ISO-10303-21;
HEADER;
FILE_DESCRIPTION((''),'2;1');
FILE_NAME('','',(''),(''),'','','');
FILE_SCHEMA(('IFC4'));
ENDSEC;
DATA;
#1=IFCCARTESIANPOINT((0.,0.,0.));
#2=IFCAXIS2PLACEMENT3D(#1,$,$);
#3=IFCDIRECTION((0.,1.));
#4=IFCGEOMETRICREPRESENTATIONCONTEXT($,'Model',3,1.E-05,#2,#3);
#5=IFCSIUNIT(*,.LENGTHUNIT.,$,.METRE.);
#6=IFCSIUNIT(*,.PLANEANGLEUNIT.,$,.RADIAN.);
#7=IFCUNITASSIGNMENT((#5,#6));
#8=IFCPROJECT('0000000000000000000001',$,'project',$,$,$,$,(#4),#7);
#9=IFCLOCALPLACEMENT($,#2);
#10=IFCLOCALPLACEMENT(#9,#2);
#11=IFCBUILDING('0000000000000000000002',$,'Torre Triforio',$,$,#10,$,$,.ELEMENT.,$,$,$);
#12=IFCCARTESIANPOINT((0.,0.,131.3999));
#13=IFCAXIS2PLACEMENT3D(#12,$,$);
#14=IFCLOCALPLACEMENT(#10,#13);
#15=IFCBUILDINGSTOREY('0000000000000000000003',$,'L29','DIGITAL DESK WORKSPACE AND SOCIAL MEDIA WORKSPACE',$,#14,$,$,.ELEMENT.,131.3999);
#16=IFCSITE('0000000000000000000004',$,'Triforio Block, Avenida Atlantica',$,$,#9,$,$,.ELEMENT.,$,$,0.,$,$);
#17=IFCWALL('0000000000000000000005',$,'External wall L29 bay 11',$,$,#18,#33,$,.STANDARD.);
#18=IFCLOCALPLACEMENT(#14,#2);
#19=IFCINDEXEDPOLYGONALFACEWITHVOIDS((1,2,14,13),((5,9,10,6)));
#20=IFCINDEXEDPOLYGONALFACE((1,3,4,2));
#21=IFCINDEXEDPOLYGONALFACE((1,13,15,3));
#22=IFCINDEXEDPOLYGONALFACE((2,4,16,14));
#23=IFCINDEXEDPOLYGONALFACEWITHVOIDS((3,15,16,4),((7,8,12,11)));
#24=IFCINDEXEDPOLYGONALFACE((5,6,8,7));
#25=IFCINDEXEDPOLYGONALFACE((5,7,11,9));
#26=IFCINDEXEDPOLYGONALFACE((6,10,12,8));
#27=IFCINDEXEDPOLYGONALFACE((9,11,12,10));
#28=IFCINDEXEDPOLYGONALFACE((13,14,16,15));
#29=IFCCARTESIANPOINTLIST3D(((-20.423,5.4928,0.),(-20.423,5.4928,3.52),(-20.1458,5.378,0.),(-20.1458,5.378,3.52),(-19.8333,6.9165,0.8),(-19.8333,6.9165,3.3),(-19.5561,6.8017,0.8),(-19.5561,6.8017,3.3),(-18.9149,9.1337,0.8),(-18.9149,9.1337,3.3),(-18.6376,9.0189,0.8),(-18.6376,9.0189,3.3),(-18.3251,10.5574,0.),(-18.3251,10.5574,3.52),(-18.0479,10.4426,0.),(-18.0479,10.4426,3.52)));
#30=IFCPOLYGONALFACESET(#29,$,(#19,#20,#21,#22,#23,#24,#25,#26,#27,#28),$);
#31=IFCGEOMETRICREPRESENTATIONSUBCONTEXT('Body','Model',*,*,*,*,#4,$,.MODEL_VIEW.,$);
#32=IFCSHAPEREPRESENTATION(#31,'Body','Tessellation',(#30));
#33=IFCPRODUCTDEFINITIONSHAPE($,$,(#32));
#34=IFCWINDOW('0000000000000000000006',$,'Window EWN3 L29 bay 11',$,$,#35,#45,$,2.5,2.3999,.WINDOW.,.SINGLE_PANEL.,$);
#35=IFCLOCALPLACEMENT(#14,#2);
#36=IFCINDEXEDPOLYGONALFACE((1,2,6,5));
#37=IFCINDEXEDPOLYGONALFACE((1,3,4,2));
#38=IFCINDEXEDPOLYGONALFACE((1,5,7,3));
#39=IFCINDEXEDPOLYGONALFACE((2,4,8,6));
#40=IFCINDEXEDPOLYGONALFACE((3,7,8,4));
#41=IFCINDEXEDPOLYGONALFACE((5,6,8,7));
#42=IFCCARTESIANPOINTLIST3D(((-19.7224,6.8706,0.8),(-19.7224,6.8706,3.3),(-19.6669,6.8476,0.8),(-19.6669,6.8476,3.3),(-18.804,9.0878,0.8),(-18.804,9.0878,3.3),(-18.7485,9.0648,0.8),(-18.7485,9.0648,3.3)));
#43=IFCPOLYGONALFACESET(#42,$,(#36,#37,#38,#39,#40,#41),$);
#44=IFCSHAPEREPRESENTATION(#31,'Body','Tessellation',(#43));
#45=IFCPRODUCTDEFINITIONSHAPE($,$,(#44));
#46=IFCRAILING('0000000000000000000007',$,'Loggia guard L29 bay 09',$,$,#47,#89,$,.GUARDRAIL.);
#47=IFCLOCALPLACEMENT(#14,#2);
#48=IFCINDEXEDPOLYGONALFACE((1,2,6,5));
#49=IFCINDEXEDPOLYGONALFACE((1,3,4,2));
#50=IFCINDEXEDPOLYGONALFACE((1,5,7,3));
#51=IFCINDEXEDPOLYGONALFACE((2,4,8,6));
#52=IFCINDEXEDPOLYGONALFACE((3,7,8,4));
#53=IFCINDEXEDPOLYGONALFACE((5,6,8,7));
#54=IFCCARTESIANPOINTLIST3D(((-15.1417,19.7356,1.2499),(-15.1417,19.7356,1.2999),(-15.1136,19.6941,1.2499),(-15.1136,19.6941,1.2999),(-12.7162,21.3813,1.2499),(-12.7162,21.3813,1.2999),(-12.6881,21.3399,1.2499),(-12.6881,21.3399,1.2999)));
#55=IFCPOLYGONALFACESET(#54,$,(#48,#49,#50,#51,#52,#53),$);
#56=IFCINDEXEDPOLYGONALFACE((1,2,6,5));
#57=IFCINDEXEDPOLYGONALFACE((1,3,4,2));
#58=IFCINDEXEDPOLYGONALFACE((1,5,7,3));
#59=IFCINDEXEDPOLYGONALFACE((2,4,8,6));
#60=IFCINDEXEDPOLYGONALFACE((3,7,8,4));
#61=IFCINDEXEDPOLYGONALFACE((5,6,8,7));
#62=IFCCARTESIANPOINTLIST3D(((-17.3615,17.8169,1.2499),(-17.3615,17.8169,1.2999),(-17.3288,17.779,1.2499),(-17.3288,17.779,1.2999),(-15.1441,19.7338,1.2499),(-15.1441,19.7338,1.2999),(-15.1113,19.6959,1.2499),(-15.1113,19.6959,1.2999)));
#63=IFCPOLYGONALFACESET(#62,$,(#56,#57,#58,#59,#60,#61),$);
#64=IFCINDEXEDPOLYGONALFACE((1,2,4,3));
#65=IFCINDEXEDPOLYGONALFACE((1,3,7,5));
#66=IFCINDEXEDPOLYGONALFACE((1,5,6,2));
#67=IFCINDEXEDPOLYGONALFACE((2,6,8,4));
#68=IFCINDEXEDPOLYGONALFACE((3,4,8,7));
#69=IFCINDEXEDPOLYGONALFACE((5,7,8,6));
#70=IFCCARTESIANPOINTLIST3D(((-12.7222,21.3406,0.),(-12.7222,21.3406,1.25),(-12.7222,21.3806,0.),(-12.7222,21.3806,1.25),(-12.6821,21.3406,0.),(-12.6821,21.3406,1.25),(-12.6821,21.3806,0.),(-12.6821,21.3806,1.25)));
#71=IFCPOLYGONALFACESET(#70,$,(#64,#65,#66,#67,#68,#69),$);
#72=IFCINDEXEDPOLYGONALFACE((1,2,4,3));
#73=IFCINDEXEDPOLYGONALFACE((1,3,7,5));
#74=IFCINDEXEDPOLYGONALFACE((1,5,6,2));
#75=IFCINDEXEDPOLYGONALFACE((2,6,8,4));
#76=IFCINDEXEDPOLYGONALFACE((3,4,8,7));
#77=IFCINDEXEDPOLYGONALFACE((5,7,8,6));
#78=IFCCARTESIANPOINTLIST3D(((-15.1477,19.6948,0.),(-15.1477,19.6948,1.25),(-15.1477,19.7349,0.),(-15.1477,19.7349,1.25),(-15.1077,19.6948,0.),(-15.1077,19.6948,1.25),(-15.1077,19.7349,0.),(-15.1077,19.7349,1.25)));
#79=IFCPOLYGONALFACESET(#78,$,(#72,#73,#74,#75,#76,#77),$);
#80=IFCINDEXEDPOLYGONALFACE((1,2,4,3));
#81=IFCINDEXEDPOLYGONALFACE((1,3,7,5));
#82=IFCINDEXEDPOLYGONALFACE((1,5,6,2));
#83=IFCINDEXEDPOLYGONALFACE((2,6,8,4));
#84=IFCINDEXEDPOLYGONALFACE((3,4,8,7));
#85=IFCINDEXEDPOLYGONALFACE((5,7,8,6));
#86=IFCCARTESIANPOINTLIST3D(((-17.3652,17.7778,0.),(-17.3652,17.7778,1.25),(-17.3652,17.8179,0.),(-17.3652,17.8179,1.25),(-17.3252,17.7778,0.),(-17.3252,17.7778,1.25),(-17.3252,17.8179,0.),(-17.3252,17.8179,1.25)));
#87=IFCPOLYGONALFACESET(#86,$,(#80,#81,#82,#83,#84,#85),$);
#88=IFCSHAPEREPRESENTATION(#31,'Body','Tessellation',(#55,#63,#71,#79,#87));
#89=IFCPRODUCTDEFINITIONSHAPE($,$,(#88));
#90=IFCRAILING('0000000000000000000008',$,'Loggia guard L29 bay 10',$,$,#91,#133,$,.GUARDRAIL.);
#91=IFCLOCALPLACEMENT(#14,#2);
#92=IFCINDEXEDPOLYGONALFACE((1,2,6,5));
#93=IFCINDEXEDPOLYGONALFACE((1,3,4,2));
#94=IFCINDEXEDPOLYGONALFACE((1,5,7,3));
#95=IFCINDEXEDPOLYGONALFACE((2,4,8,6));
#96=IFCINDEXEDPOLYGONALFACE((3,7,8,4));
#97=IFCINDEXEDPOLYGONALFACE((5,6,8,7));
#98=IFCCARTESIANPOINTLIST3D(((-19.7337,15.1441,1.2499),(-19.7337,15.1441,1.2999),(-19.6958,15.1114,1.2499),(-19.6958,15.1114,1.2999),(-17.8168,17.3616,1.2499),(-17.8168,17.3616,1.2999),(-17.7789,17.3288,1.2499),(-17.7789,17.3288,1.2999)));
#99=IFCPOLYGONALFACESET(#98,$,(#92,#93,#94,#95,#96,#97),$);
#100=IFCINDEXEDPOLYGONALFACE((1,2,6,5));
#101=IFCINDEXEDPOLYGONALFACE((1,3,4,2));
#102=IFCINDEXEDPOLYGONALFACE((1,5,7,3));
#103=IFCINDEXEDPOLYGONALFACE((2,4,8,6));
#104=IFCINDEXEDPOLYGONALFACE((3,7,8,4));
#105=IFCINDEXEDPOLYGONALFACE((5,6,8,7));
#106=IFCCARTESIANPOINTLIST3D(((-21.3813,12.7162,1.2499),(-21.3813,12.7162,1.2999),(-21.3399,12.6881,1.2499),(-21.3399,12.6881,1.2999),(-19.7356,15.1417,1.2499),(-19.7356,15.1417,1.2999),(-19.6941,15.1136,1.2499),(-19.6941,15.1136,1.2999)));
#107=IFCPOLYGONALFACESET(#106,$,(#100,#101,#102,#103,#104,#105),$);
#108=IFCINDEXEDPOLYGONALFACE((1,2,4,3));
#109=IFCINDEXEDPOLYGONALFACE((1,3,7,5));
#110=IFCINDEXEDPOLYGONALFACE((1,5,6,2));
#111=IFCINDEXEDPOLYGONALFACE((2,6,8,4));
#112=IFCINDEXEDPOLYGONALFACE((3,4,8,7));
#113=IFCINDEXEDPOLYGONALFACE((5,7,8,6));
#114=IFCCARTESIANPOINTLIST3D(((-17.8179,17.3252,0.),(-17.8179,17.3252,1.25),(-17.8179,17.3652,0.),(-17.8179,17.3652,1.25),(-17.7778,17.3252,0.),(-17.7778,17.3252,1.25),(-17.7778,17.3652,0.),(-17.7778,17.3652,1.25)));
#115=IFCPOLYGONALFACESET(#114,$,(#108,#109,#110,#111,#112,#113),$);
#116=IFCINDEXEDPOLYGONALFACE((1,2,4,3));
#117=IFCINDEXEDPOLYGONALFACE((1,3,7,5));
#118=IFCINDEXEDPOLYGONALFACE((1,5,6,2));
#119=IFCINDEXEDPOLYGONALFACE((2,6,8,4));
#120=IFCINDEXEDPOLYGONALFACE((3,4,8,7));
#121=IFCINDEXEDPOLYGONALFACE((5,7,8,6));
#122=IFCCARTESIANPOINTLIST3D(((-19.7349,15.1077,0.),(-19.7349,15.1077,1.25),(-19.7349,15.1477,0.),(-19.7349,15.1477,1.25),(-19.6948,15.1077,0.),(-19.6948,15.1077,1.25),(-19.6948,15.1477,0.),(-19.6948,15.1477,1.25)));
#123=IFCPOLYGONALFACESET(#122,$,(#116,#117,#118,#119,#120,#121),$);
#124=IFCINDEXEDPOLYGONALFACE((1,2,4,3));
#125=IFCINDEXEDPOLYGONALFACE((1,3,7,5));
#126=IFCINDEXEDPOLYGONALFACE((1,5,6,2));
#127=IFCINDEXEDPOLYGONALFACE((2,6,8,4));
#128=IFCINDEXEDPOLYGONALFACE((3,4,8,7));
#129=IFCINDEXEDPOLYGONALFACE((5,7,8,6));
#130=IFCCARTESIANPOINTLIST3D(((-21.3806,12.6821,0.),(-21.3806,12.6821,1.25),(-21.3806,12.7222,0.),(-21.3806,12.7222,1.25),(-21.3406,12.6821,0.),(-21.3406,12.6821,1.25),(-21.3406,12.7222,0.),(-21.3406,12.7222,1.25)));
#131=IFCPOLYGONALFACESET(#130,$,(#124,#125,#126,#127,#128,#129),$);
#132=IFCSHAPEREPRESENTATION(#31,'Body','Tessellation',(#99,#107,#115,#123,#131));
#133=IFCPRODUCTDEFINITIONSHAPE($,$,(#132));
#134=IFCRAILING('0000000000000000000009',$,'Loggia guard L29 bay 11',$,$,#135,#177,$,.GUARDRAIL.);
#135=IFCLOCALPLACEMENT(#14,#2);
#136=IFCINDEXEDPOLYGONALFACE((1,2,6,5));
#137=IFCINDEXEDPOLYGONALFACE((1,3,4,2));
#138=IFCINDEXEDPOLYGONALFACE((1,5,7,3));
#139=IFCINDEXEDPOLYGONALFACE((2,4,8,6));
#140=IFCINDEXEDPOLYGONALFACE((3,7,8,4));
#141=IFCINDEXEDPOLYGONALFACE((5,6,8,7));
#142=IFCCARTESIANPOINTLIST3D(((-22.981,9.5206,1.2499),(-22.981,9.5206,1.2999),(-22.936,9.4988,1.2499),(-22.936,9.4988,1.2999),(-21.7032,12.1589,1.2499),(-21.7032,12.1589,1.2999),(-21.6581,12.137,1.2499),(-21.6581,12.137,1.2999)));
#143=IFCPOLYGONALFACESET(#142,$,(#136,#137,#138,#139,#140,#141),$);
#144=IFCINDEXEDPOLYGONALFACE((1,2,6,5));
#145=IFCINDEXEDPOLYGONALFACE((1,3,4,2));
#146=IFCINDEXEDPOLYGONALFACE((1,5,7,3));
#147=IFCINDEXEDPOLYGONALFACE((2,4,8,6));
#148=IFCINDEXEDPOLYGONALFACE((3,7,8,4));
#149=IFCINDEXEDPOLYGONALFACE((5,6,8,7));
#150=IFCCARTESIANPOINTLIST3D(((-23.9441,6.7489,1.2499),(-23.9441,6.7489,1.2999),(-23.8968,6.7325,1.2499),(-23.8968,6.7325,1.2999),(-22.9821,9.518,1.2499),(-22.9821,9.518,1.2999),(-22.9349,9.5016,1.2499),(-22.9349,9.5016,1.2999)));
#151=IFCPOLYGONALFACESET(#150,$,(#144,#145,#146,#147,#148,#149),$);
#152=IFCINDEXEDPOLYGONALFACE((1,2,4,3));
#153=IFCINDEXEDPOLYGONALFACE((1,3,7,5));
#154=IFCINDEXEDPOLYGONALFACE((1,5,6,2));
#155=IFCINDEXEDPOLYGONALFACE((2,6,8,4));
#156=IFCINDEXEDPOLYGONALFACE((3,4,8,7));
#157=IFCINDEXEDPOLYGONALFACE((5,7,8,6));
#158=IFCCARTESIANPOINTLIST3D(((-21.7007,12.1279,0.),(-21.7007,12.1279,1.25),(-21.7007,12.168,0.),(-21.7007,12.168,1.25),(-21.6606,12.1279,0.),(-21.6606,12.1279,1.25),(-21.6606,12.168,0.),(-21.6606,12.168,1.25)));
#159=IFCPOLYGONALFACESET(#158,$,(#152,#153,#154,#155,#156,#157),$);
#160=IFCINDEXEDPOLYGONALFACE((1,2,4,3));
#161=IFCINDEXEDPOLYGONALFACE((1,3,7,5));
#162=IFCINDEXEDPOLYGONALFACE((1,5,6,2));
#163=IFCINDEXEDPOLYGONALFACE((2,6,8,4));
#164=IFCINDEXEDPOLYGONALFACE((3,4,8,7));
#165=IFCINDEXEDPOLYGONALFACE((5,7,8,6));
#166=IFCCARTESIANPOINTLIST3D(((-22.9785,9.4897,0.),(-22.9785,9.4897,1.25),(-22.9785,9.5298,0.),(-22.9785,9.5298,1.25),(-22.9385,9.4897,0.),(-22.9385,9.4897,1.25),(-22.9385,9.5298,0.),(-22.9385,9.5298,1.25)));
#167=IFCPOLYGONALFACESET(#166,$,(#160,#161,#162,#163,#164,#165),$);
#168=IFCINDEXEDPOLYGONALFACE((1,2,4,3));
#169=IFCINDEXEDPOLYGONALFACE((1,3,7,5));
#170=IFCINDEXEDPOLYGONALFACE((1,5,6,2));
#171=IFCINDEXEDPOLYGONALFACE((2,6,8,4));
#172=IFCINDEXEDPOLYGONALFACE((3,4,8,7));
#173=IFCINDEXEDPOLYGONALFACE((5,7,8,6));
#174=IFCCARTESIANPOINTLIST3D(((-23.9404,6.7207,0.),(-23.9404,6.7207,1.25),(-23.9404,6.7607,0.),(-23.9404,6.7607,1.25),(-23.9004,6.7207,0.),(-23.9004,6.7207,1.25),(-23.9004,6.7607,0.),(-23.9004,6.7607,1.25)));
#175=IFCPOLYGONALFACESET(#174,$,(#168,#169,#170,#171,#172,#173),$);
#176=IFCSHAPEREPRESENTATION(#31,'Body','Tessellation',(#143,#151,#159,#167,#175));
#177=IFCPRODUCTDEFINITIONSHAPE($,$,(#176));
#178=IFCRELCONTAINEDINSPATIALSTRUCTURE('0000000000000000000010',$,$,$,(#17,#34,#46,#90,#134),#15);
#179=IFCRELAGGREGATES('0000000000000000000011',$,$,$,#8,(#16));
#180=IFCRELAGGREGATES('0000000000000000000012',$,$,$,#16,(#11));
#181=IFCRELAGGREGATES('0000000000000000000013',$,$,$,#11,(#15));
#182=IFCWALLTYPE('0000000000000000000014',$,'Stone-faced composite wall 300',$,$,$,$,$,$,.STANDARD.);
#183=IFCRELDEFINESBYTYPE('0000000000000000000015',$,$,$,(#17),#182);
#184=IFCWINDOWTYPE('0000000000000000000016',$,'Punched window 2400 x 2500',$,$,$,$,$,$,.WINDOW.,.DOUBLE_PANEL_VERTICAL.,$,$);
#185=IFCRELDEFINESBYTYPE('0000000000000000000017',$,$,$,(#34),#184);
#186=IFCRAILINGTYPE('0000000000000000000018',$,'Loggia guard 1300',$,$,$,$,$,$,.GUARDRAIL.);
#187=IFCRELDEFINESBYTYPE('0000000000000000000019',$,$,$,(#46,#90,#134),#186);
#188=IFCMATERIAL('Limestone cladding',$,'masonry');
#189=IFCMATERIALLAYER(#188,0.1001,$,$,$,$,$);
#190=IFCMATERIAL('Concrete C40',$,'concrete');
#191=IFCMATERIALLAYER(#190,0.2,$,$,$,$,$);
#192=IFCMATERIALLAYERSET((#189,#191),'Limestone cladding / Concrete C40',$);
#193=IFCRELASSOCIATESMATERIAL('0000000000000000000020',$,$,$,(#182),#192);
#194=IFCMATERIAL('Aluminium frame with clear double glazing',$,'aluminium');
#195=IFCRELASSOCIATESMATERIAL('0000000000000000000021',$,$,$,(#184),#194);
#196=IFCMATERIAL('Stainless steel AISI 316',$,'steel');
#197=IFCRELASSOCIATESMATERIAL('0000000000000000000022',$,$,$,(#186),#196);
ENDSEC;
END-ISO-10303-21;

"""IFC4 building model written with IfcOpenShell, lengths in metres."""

from ifc_helpers import new_model, si_unit, direction, frame, frame_2d, origin, origin_2d, place, context, subcontext, project, spatial, rectangle, extrude, material, layer, layer_set, type_object, element, fill, save


model = new_model("IFC4")

# Units and contexts
model_context = context("Model", 3, precision=1e-05, world=origin(), true_north=direction((0.0, 1.0)))
body_context = subcontext(model_context, "Body", "Model", "MODEL_VIEW")
ifc_project = project(units=[si_unit("LENGTHUNIT", "METRE"), si_unit("PLANEANGLEUNIT", "RADIAN")], contexts=[model_context])

# Site, building, storey
site_placement = place(None, origin())
site = spatial("IfcSite", under=ifc_project, at=site_placement, Name="Triforio Block, Avenida Atlantica", CompositionType="ELEMENT", RefElevation=0.0)
building_placement = place(site_placement, origin())
building = spatial("IfcBuilding", under=site, at=building_placement, Name="Torre Triforio", CompositionType="ELEMENT")
storey_placement = place(building_placement, frame((0.0, 0.0, 131.3999)))
storey = spatial("IfcBuildingStorey", under=building, at=storey_placement, Name="L29", Description="DIGITAL DESK WORKSPACE AND SOCIAL MEDIA WORKSPACE", CompositionType="ELEMENT", Elevation=131.3999)

# Shared definitions
ifc_material_1 = material(Name="Limestone cladding", Category="masonry")
ifc_material_2 = material(Name="Concrete C40", Category="concrete")

# Shared definitions
ifc_layer_1 = layer(ifc_material_1, 0.1001)
ifc_layer_2 = layer(ifc_material_2, 0.2)
ifc_layer_set_1 = layer_set([ifc_layer_1, ifc_layer_2], Name="Limestone cladding / Concrete C40")
wall_type_1 = type_object("IfcWallType", Name="Stone-faced composite wall 300", PredefinedType="STANDARD", material=ifc_layer_set_1)
ifc_material_3 = material(Name="Aluminium frame with clear double glazing", Category="aluminium")
window_type_1 = type_object("IfcWindowType", Name="Punched window 2400 x 2500", PartitioningType="DOUBLE_PANEL_VERTICAL", PredefinedType="WINDOW", material=ifc_material_3)

# Wall, opening, window
wall_1_placement = place(storey_placement, frame((-18.1865, 10.5, 0.0), z_axis=(0.0, 0.0, 1.0), x_axis=(-0.382689, -0.923877, 0.0)))
wall_1 = element("IfcWall", 1, at=wall_1_placement, inside=storey, type_object=wall_type_1, Name="External wall L29 bay 11", PredefinedType="STANDARD", context=body_context, shape_type="SweptSolid", body=[
    extrude(rectangle(XDim=5.4819, YDim=0.3, at=frame_2d((2.741, 0.0))), origin(), (0.0, 0.0, 1.0), 3.52),
])
opening_1_placement = place(wall_1_placement, frame((1.541, 0.0, 0.8)))
opening_1 = element("IfcOpeningElement", 2, at=opening_1_placement, cuts=wall_1, PredefinedType="OPENING", context=body_context, shape_type="SweptSolid", body=[
    extrude(rectangle(XDim=2.3999, YDim=2.5, at=frame_2d((1.2, 1.25))), frame((0.0, 0.1599, 0.0), z_axis=(0.0, -1.0, 0.0), x_axis=(1.0, 0.0, 0.0)), (0.0, 0.0, 1.0), 0.3201),
])
window_1_placement = place(opening_1_placement, origin())
window_1 = element("IfcWindow", 3, at=window_1_placement, inside=storey, type_object=window_type_1, Name="Window EWN3 L29 bay 11", OverallHeight=2.5, OverallWidth=2.3999, PartitioningType="SINGLE_PANEL", PredefinedType="WINDOW", context=body_context, shape_type="SweptSolid", body=[
    extrude(rectangle(XDim=2.3999, YDim=2.5, at=frame_2d((1.2, 1.25))), frame((0.0, 0.03, 0.0), z_axis=(0.0, -1.0, 0.0), x_axis=(1.0, 0.0, 0.0)), (0.0, 0.0, 1.0), 0.0601),
])
fill(opening_1, window_1)

# Railings
ifc_material_4 = material(Name="Stainless steel AISI 316", Category="steel")
railing_type = type_object("IfcRailingType", Name="Loggia guard 1300", PredefinedType="GUARDRAIL", material=ifc_material_4)
railing_1_placement = place(storey_placement, frame((-12.7021, 21.3606, 0.0)))
element("IfcRailing", 4, at=railing_1_placement, inside=storey, type_object=railing_type, Name="Loggia guard L29 bay 09", PredefinedType="GUARDRAIL", context=body_context, shape_type="SweptSolid", body=[
    extrude(rectangle(XDim=0.05, YDim=0.05, at=origin_2d()), frame((0.0, 0.0, 1.2749), z_axis=(-0.827499, -0.561467, 0.0), x_axis=(0.561467, -0.827499, 0.0)), (0.0, 0.0, 1.0), 2.9312),
    extrude(rectangle(XDim=0.05, YDim=0.05, at=origin_2d()), frame((-2.4255, -1.6458, 1.2749), z_axis=(-0.75651, -0.653982, 0.0), x_axis=(0.653982, -0.75651, 0.0)), (0.0, 0.0, 1.0), 2.9312),
    extrude(rectangle(XDim=0.04, YDim=0.04, at=origin_2d()), origin(), (0.0, 0.0, 1.0), 1.25),
    extrude(rectangle(XDim=0.04, YDim=0.04, at=origin_2d()), frame((-2.4255, -1.6458, 0.0)), (0.0, 0.0, 1.0), 1.25),
    extrude(rectangle(XDim=0.04, YDim=0.04, at=origin_2d()), frame((-4.6431, -3.5627, 0.0)), (0.0, 0.0, 1.0), 1.25),
])
railing_2_placement = place(storey_placement, frame((-17.7979, 17.3452, 0.0)))
element("IfcRailing", 5, at=railing_2_placement, inside=storey, type_object=railing_type, Name="Loggia guard L29 bay 10", PredefinedType="GUARDRAIL", context=body_context, shape_type="SweptSolid", body=[
    extrude(rectangle(XDim=0.05, YDim=0.05, at=origin_2d()), frame((0.0, 0.0, 1.2749), z_axis=(-0.653982, -0.75651, 0.0), x_axis=(0.75651, -0.653982, 0.0)), (0.0, 0.0, 1.0), 2.9312),
    extrude(rectangle(XDim=0.05, YDim=0.05, at=origin_2d()), frame((-1.917, -2.2175, 1.2749), z_axis=(-0.561467, -0.827499, 0.0), x_axis=(0.827499, -0.561467, 0.0)), (0.0, 0.0, 1.0), 2.9312),
    extrude(rectangle(XDim=0.04, YDim=0.04, at=origin_2d()), origin(), (0.0, 0.0, 1.0), 1.25),
    extrude(rectangle(XDim=0.04, YDim=0.04, at=origin_2d()), frame((-1.917, -2.2175, 0.0)), (0.0, 0.0, 1.0), 1.25),
    extrude(rectangle(XDim=0.04, YDim=0.04, at=origin_2d()), frame((-3.5627, -4.6431, 0.0)), (0.0, 0.0, 1.0), 1.25),
])
railing_3_placement = place(storey_placement, frame((-21.6807, 12.1479, 0.0)))
element("IfcRailing", 6, at=railing_3_placement, inside=storey, type_object=railing_type, Name="Loggia guard L29 bay 11", PredefinedType="GUARDRAIL", context=body_context, shape_type="SweptSolid", body=[
    extrude(rectangle(XDim=0.05, YDim=0.05, at=origin_2d()), frame((0.0, 0.0, 1.2749), z_axis=(-0.435918, -0.899986, 0.0), x_axis=(0.899986, -0.435918, 0.0)), (0.0, 0.0, 1.0), 2.9314),
    extrude(rectangle(XDim=0.05, YDim=0.05, at=origin_2d()), frame((-1.2778, -2.6382, 1.2749), z_axis=(-0.328146, -0.944627, 0.0), x_axis=(0.944627, -0.328146, 0.0)), (0.0, 0.0, 1.0), 2.9314),
    extrude(rectangle(XDim=0.04, YDim=0.04, at=origin_2d()), origin(), (0.0, 0.0, 1.0), 1.25),
    extrude(rectangle(XDim=0.04, YDim=0.04, at=origin_2d()), frame((-1.2778, -2.6382, 0.0)), (0.0, 0.0, 1.0), 1.25),
    extrude(rectangle(XDim=0.04, YDim=0.04, at=origin_2d()), frame((-2.2397, -5.4072, 0.0)), (0.0, 0.0, 1.0), 1.25),
])

save(model, "model.ifc")
